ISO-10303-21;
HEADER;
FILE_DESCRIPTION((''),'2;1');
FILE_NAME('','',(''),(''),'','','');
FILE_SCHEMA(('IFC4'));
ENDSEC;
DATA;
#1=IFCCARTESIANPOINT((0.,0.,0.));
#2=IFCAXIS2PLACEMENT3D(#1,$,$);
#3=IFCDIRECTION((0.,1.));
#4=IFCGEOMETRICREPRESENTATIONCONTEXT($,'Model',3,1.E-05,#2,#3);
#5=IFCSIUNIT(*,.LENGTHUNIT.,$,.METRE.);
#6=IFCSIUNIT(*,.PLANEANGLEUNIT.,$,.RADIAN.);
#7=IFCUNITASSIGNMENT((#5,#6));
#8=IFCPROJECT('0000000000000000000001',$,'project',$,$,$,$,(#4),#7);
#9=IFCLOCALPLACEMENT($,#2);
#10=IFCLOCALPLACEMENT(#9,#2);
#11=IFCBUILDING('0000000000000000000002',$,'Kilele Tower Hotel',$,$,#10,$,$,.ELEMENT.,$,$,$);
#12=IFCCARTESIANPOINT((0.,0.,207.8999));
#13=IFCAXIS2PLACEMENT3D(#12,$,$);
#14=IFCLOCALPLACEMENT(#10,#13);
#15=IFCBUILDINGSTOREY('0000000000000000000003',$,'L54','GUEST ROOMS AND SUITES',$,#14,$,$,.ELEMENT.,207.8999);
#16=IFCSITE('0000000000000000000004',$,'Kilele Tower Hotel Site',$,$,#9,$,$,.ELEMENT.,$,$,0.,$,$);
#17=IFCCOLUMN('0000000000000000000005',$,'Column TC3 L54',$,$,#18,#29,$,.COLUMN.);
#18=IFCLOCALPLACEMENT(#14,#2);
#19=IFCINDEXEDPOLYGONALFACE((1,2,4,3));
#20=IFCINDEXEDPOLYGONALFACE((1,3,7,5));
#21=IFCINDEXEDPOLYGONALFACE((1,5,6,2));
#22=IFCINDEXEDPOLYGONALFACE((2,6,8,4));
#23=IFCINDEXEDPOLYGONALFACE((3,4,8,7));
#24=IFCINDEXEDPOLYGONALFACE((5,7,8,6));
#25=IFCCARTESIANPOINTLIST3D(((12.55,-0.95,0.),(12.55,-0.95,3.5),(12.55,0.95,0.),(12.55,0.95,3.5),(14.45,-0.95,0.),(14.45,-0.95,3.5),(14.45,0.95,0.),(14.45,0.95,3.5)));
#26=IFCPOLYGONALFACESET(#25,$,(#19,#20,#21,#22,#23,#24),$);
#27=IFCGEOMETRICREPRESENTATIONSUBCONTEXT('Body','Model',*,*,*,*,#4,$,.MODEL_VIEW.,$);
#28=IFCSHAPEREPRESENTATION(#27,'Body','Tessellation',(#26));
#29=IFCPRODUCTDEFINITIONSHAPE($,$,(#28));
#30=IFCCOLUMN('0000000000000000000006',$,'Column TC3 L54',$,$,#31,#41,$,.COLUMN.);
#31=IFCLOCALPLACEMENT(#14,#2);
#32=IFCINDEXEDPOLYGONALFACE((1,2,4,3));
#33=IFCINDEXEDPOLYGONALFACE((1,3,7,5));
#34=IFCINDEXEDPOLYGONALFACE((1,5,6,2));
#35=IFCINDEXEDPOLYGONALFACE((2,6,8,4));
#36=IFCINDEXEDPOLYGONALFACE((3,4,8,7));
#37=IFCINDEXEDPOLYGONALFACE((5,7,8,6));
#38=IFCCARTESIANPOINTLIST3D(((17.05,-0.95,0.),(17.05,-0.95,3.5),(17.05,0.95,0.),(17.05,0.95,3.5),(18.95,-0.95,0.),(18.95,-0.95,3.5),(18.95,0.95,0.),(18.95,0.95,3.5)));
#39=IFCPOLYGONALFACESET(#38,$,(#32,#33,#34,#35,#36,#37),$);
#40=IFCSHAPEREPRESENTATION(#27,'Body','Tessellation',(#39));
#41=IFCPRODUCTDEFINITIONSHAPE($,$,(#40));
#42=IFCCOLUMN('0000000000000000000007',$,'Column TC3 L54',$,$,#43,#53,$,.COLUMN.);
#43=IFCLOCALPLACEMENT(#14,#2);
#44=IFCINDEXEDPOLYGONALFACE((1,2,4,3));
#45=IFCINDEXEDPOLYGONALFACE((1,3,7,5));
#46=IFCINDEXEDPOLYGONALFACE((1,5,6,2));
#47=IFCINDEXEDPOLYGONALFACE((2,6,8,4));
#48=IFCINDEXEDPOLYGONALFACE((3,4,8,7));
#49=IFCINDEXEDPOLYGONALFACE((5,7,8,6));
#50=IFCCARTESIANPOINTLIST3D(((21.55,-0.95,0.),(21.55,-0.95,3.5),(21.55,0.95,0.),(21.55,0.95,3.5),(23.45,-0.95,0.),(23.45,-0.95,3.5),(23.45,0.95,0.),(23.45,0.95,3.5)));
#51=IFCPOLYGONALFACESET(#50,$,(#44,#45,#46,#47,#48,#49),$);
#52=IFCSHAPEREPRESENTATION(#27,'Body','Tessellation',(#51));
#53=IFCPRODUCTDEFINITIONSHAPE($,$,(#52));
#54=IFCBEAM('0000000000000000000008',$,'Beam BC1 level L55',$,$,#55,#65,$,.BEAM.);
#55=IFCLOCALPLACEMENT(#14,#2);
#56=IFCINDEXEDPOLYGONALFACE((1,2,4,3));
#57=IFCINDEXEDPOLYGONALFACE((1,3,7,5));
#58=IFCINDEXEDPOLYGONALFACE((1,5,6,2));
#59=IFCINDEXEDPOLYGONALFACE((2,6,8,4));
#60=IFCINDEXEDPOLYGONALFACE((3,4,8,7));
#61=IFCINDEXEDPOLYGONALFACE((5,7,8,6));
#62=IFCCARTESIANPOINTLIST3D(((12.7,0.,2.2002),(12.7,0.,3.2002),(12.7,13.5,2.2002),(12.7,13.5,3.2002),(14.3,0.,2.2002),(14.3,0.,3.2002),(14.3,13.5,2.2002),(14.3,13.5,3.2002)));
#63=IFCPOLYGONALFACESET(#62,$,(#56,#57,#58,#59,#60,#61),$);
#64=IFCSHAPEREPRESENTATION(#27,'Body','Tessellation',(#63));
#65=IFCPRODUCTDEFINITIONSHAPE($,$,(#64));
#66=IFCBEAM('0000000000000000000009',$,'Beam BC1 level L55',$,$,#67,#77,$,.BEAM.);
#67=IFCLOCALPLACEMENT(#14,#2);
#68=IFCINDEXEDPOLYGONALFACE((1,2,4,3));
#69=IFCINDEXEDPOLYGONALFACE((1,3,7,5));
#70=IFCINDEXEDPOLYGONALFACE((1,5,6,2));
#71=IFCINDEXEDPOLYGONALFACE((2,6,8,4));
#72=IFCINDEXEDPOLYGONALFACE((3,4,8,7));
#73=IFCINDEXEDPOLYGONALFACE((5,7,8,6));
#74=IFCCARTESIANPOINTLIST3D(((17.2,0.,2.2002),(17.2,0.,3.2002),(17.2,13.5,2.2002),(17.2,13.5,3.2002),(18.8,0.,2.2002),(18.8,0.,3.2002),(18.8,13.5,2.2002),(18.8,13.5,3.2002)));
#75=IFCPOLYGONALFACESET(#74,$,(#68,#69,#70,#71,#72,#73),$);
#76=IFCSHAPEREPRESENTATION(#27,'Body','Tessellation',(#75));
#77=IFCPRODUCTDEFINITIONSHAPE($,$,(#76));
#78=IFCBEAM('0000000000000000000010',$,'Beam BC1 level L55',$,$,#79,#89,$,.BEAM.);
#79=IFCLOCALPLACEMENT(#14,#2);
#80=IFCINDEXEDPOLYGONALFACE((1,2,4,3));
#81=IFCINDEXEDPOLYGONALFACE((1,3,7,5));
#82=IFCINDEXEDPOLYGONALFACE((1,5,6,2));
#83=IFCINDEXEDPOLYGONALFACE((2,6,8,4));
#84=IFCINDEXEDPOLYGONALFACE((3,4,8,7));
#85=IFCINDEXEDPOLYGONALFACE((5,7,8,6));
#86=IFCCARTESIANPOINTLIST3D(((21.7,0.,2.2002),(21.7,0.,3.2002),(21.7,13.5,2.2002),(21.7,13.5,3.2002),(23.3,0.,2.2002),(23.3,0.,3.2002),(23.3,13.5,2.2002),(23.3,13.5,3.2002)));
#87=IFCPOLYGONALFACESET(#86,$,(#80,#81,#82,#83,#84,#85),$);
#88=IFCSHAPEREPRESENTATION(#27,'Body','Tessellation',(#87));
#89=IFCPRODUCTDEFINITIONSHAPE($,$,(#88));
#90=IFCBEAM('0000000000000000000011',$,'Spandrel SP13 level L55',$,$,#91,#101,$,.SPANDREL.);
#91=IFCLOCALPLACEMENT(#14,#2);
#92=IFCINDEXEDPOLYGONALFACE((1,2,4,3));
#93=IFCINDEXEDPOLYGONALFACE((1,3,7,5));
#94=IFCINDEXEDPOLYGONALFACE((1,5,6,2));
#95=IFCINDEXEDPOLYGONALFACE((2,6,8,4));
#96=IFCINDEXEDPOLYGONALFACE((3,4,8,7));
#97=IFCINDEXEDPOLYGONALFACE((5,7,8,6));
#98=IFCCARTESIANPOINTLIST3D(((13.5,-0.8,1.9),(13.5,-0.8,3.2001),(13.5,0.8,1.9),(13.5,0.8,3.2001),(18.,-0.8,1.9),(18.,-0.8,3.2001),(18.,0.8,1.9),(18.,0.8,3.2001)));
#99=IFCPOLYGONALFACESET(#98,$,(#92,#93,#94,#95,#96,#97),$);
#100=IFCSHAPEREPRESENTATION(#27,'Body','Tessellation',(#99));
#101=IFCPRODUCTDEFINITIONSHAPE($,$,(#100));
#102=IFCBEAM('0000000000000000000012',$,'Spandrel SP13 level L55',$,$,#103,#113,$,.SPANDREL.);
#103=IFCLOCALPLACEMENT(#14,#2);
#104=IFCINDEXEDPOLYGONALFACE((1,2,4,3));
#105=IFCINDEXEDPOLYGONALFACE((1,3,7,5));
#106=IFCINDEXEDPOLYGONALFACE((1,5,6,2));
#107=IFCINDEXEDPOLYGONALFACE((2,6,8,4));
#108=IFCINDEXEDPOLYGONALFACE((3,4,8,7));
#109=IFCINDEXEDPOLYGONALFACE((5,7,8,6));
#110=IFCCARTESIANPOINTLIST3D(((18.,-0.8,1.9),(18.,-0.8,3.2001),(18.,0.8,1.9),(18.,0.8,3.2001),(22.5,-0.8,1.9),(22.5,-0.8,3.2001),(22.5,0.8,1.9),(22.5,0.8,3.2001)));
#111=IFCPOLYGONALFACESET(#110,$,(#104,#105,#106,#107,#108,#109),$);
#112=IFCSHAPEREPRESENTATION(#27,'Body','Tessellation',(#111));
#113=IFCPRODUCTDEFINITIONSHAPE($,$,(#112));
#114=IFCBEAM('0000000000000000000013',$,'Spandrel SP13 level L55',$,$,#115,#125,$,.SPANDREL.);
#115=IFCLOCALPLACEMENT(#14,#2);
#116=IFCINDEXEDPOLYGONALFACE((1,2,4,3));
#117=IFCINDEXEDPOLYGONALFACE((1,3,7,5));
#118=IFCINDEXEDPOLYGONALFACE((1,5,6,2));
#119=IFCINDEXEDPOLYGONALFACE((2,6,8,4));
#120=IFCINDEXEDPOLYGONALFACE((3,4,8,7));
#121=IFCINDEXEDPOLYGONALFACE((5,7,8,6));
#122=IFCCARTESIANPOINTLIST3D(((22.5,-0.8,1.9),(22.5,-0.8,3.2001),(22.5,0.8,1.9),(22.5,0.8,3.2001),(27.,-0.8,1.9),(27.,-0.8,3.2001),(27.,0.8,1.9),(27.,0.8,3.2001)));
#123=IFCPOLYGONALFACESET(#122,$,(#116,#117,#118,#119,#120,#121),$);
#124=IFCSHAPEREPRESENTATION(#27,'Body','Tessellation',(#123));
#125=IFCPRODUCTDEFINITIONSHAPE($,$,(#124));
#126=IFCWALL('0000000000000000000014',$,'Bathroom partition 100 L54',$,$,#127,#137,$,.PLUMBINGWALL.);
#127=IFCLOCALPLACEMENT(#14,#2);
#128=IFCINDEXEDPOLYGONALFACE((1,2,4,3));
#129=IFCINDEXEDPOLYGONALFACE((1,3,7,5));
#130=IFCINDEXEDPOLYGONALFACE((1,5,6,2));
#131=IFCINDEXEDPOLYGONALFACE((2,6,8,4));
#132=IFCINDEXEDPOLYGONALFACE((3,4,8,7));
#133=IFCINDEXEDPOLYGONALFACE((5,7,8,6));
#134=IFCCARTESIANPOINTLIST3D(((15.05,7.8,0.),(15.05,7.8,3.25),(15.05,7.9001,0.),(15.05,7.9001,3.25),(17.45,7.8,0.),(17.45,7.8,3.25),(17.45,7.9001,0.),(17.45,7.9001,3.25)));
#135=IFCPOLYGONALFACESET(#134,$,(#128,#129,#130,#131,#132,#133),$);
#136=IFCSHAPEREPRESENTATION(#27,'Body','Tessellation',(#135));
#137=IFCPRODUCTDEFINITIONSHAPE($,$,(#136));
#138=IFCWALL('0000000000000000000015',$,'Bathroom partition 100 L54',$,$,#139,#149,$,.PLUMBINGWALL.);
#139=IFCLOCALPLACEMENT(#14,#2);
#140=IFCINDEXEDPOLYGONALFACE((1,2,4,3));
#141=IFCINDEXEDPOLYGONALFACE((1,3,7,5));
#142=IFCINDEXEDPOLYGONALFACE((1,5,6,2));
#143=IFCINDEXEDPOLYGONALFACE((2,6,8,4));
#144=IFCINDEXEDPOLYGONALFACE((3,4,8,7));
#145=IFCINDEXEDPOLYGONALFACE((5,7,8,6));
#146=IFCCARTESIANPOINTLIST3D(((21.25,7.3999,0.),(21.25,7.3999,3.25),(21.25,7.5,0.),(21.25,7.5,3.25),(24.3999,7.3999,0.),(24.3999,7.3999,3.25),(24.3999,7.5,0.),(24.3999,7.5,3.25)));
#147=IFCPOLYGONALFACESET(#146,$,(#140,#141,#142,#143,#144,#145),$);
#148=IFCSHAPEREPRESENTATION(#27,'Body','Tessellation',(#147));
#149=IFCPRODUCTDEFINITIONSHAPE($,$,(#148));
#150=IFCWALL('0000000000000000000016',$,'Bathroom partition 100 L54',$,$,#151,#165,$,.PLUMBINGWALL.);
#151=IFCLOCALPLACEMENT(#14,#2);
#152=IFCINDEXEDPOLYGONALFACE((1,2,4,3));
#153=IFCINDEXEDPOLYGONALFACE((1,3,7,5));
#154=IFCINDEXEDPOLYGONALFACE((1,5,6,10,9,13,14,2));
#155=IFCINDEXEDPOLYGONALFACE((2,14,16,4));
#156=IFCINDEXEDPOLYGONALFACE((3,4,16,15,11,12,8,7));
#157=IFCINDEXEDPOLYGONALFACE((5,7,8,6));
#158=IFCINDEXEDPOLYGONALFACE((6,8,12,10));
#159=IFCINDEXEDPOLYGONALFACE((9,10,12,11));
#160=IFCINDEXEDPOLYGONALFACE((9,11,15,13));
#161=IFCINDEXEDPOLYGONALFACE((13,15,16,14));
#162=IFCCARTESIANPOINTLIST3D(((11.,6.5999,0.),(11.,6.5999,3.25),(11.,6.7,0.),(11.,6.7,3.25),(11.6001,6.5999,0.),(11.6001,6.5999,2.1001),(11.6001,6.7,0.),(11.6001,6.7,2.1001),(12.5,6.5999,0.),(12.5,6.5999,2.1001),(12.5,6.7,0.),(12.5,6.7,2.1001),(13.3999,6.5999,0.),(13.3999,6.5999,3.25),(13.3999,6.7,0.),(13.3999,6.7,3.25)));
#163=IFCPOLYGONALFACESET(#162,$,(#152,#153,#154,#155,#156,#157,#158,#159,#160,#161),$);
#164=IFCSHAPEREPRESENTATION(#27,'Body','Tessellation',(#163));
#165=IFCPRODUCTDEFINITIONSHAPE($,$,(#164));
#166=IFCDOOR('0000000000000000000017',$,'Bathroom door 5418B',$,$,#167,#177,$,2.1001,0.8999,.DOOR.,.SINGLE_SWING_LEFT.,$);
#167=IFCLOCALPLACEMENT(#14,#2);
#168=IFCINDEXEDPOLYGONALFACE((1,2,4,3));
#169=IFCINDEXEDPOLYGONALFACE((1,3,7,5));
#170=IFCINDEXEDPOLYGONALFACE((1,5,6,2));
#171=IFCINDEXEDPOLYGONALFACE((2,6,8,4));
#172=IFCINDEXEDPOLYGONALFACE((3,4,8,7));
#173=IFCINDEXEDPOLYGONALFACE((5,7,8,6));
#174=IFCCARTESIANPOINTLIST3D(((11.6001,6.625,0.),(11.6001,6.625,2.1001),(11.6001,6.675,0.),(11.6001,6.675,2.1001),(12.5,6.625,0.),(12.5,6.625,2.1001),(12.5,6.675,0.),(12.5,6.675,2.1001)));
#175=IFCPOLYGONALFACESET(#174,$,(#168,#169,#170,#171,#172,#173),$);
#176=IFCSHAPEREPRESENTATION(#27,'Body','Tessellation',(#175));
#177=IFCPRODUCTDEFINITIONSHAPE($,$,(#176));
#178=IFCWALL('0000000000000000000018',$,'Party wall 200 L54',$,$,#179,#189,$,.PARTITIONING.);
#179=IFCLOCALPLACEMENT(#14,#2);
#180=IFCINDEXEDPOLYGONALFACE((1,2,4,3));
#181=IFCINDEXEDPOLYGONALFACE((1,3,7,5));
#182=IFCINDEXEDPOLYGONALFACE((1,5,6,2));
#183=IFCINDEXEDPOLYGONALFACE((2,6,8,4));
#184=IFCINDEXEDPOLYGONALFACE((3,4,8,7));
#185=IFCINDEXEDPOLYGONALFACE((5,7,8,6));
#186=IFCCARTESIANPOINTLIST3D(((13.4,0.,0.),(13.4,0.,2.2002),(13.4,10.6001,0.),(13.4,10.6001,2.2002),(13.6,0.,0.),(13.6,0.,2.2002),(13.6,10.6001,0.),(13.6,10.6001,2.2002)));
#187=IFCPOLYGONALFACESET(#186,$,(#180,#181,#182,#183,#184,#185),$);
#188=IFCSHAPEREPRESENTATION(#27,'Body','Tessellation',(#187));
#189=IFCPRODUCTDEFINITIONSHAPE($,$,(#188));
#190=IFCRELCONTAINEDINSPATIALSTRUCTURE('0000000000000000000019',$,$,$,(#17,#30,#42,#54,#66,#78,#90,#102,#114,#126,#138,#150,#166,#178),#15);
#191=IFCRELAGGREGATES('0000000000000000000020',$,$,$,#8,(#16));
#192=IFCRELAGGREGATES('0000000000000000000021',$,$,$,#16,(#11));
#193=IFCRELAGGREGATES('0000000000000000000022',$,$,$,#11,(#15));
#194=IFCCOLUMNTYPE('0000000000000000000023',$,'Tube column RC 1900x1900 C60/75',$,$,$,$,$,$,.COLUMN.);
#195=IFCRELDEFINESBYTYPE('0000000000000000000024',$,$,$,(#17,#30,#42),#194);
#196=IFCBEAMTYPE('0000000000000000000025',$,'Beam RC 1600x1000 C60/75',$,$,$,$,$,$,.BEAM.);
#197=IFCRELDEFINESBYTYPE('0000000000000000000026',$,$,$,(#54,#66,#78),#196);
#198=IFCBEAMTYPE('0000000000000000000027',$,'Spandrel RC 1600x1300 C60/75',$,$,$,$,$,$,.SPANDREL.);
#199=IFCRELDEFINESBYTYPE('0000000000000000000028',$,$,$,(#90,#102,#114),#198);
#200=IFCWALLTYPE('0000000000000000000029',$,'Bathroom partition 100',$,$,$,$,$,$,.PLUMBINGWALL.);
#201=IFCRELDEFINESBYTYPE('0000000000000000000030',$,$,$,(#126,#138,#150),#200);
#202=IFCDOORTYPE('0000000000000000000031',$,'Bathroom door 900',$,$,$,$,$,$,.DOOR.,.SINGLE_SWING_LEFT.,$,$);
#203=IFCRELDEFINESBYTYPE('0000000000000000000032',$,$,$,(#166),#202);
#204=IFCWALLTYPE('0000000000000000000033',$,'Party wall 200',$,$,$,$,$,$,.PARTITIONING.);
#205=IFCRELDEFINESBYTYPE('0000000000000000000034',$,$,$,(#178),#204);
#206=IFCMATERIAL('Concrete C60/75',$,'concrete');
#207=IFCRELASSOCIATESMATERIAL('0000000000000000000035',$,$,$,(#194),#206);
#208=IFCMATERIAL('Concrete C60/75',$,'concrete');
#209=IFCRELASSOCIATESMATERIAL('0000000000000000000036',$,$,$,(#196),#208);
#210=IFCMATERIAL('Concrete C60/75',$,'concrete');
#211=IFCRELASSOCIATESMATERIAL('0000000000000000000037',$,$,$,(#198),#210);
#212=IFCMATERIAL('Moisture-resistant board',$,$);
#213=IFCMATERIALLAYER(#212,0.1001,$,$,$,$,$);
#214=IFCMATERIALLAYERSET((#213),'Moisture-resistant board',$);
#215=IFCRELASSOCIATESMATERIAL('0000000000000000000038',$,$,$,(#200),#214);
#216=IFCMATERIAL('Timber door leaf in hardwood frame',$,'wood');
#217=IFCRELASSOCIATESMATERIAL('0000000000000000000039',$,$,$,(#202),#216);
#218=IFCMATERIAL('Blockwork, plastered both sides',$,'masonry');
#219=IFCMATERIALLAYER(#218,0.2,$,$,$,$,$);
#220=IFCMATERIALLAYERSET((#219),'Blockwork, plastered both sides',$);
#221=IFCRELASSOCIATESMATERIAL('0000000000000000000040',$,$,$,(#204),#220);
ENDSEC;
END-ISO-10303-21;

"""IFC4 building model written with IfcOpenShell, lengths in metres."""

from ifc_helpers import new_model, si_unit, direction, frame, frame_2d, origin, origin_2d, place, context, subcontext, project, spatial, rectangle, extrude, material, layer, layer_set, material_profile, profile_set, type_object, element, fill, save


model = new_model("IFC4")

# Units and contexts
model_context = context("Model", 3, precision=1e-05, world=origin(), true_north=direction((0.0, 1.0)))
body_context = subcontext(model_context, "Body", "Model", "MODEL_VIEW")
ifc_project = project(units=[si_unit("LENGTHUNIT", "METRE"), si_unit("PLANEANGLEUNIT", "RADIAN")], contexts=[model_context])

# Site, building, storey
site_placement = place(None, origin())
site = spatial("IfcSite", under=ifc_project, at=site_placement, Name="Kilele Tower Hotel Site", CompositionType="ELEMENT", RefElevation=0.0)
building_placement = place(site_placement, origin())
building = spatial("IfcBuilding", under=site, at=building_placement, Name="Kilele Tower Hotel", CompositionType="ELEMENT")
storey_placement = place(building_placement, frame((0.0, 0.0, 207.8999)))
storey = spatial("IfcBuildingStorey", under=building, at=storey_placement, Name="L54", Description="GUEST ROOMS AND SUITES", CompositionType="ELEMENT", Elevation=207.8999)

# Columns
ifc_material_1 = material(Name="Concrete C60/75", Category="concrete")
ifc_material_profile_1 = material_profile(ifc_material_1, rectangle(XDim=1.8999, YDim=1.8999, at=origin_2d()))
ifc_profile_set_1 = profile_set([ifc_material_profile_1], Name="Concrete C60/75")
column_type = type_object("IfcColumnType", Name="Tube column RC 1900x1900 C60/75", PredefinedType="COLUMN", material=ifc_profile_set_1)
for number, where, z_axis, x_axis, name in (
    (1, (13.5, 0.0, 0.0), (0.0, 0.0, 1.0), (1.0, 0.0, 0.0), "Column TC3 L54"),
    (2, (18.0, 0.0, 0.0), (0.0, 0.0, 1.0), (1.0, 0.0, 0.0), "Column TC3 L54"),
    (3, (22.5, 0.0, 0.0), (0.0, 0.0, 1.0), (1.0, 0.0, 0.0), "Column TC3 L54"),
):
    element("IfcColumn", number, at=place(storey_placement, frame(where, z_axis=z_axis, x_axis=x_axis)), inside=storey, type_object=column_type, Name=name, PredefinedType="COLUMN", context=body_context, shape_type="SweptSolid", body=[
        extrude(rectangle(XDim=1.8999, YDim=1.8999, at=origin_2d()), origin(), (0.0, 0.0, 1.0), 3.5),
    ])

# Beams
ifc_material_2 = material(Name="Concrete C60/75", Category="concrete")
ifc_material_profile_2 = material_profile(ifc_material_2, rectangle(XDim=1.6001, YDim=1.0, at=origin_2d()))
ifc_profile_set_2 = profile_set([ifc_material_profile_2], Name="Concrete C60/75")
beam_type_1 = type_object("IfcBeamType", Name="Beam RC 1600x1000 C60/75", PredefinedType="BEAM", material=ifc_profile_set_2)
for number, where, z_axis, x_axis, name in (
    (4, (13.5, 0.0, 2.7002), (0.0, 1.0, 0.0), (-1.0, 0.0, 0.0), "Beam BC1 level L55"),
    (5, (18.0, 0.0, 2.7002), (0.0, 1.0, 0.0), (-1.0, 0.0, 0.0), "Beam BC1 level L55"),
    (6, (22.5, 0.0, 2.7002), (0.0, 1.0, 0.0), (-1.0, 0.0, 0.0), "Beam BC1 level L55"),
):
    element("IfcBeam", number, at=place(storey_placement, frame(where, z_axis=z_axis, x_axis=x_axis)), inside=storey, type_object=beam_type_1, Name=name, PredefinedType="BEAM", context=body_context, shape_type="SweptSolid", body=[
        extrude(rectangle(XDim=1.6001, YDim=1.0, at=origin_2d()), origin(), (0.0, 0.0, 1.0), 13.5),
    ])
ifc_material_3 = material(Name="Concrete C60/75", Category="concrete")
ifc_material_profile_3 = material_profile(ifc_material_3, rectangle(XDim=1.6001, YDim=1.3, at=origin_2d()))
ifc_profile_set_3 = profile_set([ifc_material_profile_3], Name="Concrete C60/75")
beam_type_2 = type_object("IfcBeamType", Name="Spandrel RC 1600x1300 C60/75", PredefinedType="SPANDREL", material=ifc_profile_set_3)
for number, where, z_axis, x_axis, name in (
    (7, (13.5, 0.0, 2.55), (1.0, 0.0, 0.0), (0.0, 1.0, 0.0), "Spandrel SP13 level L55"),
    (8, (18.0, 0.0, 2.55), (1.0, 0.0, 0.0), (0.0, 1.0, 0.0), "Spandrel SP13 level L55"),
    (9, (22.5, 0.0, 2.55), (1.0, 0.0, 0.0), (0.0, 1.0, 0.0), "Spandrel SP13 level L55"),
):
    element("IfcBeam", number, at=place(storey_placement, frame(where, z_axis=z_axis, x_axis=x_axis)), inside=storey, type_object=beam_type_2, Name=name, PredefinedType="SPANDREL", context=body_context, shape_type="SweptSolid", body=[
        extrude(rectangle(XDim=1.6001, YDim=1.3, at=origin_2d()), origin(), (0.0, 0.0, 1.0), 4.5),
    ])

# Walls
ifc_material_4 = material(Name="Moisture-resistant board")
ifc_layer_1 = layer(ifc_material_4, 0.1001)
ifc_layer_set_1 = layer_set([ifc_layer_1], Name="Moisture-resistant board")
wall_type_1 = type_object("IfcWallType", Name="Bathroom partition 100", PredefinedType="PLUMBINGWALL", material=ifc_layer_set_1)
wall_1_placement = place(storey_placement, frame((15.05, 7.8501, 0.0), z_axis=(0.0, 0.0, 1.0), x_axis=(1.0, 0.0, 0.0)))
element("IfcWall", 10, at=wall_1_placement, inside=storey, type_object=wall_type_1, Name="Bathroom partition 100 L54", PredefinedType="PLUMBINGWALL", context=body_context, shape_type="SweptSolid", body=[
    extrude(rectangle(XDim=2.3999, YDim=0.1001, at=frame_2d((1.2, 0.0))), origin(), (0.0, 0.0, 1.0), 3.25),
])
wall_2_placement = place(storey_placement, frame((21.25, 7.45, 0.0), z_axis=(0.0, 0.0, 1.0), x_axis=(1.0, 0.0, 0.0)))
element("IfcWall", 11, at=wall_2_placement, inside=storey, type_object=wall_type_1, Name="Bathroom partition 100 L54", PredefinedType="PLUMBINGWALL", context=body_context, shape_type="SweptSolid", body=[
    extrude(rectangle(XDim=3.1499, YDim=0.1001, at=frame_2d((1.575, 0.0))), origin(), (0.0, 0.0, 1.0), 3.25),
])

# Wall, opening, door
wall_3_placement = place(storey_placement, frame((13.3999, 6.6499, 0.0), z_axis=(0.0, 0.0, 1.0), x_axis=(-1.0, 0.0, 0.0)))
wall_3 = element("IfcWall", 12, at=wall_3_placement, inside=storey, type_object=wall_type_1, Name="Bathroom partition 100 L54", PredefinedType="PLUMBINGWALL", context=body_context, shape_type="SweptSolid", body=[
    extrude(rectangle(XDim=2.3999, YDim=0.1001, at=frame_2d((1.2, 0.0))), origin(), (0.0, 0.0, 1.0), 3.25),
])
opening_1_placement = place(wall_3_placement, frame((0.8999, 0.0, 0.0)))
opening_1 = element("IfcOpeningElement", 13, at=opening_1_placement, cuts=wall_3, PredefinedType="OPENING", context=body_context, shape_type="SweptSolid", body=[
    extrude(rectangle(XDim=0.8999, YDim=2.1001, at=frame_2d((0.45, 1.05))), frame((0.0, 0.0601, 0.0), z_axis=(0.0, -1.0, 0.0), x_axis=(1.0, 0.0, 0.0)), (0.0, 0.0, 1.0), 0.1201),
])
ifc_material_5 = material(Name="Timber door leaf in hardwood frame", Category="wood")
door_type_1 = type_object("IfcDoorType", Name="Bathroom door 900", OperationType="SINGLE_SWING_LEFT", PredefinedType="DOOR", material=ifc_material_5)
door_1_placement = place(opening_1_placement, origin())
door_1 = element("IfcDoor", 14, at=door_1_placement, inside=storey, type_object=door_type_1, Name="Bathroom door 5418B", OperationType="SINGLE_SWING_LEFT", OverallHeight=2.1001, OverallWidth=0.8999, PredefinedType="DOOR", context=body_context, shape_type="SweptSolid", body=[
    extrude(rectangle(XDim=0.8999, YDim=2.1001, at=frame_2d((0.45, 1.05))), frame((0.0, 0.0249, 0.0), z_axis=(0.0, -1.0, 0.0), x_axis=(1.0, 0.0, 0.0)), (0.0, 0.0, 1.0), 0.05),
])
fill(opening_1, door_1)

# Wall
ifc_material_6 = material(Name="Blockwork, plastered both sides", Category="masonry")
ifc_layer_2 = layer(ifc_material_6, 0.2)
ifc_layer_set_2 = layer_set([ifc_layer_2], Name="Blockwork, plastered both sides")
wall_type_2 = type_object("IfcWallType", Name="Party wall 200", PredefinedType="PARTITIONING", material=ifc_layer_set_2)
wall_4_placement = place(storey_placement, frame((13.5, 10.6001, 0.0), z_axis=(0.0, 0.0, 1.0), x_axis=(0.0, -1.0, 0.0)))
element("IfcWall", 15, at=wall_4_placement, inside=storey, type_object=wall_type_2, Name="Party wall 200 L54", PredefinedType="PARTITIONING", context=body_context, shape_type="SweptSolid", body=[
    extrude(rectangle(XDim=10.6001, YDim=0.2, at=frame_2d((5.3, 0.0))), origin(), (0.0, 0.0, 1.0), 2.2002),
])

save(model, "model.ifc")
